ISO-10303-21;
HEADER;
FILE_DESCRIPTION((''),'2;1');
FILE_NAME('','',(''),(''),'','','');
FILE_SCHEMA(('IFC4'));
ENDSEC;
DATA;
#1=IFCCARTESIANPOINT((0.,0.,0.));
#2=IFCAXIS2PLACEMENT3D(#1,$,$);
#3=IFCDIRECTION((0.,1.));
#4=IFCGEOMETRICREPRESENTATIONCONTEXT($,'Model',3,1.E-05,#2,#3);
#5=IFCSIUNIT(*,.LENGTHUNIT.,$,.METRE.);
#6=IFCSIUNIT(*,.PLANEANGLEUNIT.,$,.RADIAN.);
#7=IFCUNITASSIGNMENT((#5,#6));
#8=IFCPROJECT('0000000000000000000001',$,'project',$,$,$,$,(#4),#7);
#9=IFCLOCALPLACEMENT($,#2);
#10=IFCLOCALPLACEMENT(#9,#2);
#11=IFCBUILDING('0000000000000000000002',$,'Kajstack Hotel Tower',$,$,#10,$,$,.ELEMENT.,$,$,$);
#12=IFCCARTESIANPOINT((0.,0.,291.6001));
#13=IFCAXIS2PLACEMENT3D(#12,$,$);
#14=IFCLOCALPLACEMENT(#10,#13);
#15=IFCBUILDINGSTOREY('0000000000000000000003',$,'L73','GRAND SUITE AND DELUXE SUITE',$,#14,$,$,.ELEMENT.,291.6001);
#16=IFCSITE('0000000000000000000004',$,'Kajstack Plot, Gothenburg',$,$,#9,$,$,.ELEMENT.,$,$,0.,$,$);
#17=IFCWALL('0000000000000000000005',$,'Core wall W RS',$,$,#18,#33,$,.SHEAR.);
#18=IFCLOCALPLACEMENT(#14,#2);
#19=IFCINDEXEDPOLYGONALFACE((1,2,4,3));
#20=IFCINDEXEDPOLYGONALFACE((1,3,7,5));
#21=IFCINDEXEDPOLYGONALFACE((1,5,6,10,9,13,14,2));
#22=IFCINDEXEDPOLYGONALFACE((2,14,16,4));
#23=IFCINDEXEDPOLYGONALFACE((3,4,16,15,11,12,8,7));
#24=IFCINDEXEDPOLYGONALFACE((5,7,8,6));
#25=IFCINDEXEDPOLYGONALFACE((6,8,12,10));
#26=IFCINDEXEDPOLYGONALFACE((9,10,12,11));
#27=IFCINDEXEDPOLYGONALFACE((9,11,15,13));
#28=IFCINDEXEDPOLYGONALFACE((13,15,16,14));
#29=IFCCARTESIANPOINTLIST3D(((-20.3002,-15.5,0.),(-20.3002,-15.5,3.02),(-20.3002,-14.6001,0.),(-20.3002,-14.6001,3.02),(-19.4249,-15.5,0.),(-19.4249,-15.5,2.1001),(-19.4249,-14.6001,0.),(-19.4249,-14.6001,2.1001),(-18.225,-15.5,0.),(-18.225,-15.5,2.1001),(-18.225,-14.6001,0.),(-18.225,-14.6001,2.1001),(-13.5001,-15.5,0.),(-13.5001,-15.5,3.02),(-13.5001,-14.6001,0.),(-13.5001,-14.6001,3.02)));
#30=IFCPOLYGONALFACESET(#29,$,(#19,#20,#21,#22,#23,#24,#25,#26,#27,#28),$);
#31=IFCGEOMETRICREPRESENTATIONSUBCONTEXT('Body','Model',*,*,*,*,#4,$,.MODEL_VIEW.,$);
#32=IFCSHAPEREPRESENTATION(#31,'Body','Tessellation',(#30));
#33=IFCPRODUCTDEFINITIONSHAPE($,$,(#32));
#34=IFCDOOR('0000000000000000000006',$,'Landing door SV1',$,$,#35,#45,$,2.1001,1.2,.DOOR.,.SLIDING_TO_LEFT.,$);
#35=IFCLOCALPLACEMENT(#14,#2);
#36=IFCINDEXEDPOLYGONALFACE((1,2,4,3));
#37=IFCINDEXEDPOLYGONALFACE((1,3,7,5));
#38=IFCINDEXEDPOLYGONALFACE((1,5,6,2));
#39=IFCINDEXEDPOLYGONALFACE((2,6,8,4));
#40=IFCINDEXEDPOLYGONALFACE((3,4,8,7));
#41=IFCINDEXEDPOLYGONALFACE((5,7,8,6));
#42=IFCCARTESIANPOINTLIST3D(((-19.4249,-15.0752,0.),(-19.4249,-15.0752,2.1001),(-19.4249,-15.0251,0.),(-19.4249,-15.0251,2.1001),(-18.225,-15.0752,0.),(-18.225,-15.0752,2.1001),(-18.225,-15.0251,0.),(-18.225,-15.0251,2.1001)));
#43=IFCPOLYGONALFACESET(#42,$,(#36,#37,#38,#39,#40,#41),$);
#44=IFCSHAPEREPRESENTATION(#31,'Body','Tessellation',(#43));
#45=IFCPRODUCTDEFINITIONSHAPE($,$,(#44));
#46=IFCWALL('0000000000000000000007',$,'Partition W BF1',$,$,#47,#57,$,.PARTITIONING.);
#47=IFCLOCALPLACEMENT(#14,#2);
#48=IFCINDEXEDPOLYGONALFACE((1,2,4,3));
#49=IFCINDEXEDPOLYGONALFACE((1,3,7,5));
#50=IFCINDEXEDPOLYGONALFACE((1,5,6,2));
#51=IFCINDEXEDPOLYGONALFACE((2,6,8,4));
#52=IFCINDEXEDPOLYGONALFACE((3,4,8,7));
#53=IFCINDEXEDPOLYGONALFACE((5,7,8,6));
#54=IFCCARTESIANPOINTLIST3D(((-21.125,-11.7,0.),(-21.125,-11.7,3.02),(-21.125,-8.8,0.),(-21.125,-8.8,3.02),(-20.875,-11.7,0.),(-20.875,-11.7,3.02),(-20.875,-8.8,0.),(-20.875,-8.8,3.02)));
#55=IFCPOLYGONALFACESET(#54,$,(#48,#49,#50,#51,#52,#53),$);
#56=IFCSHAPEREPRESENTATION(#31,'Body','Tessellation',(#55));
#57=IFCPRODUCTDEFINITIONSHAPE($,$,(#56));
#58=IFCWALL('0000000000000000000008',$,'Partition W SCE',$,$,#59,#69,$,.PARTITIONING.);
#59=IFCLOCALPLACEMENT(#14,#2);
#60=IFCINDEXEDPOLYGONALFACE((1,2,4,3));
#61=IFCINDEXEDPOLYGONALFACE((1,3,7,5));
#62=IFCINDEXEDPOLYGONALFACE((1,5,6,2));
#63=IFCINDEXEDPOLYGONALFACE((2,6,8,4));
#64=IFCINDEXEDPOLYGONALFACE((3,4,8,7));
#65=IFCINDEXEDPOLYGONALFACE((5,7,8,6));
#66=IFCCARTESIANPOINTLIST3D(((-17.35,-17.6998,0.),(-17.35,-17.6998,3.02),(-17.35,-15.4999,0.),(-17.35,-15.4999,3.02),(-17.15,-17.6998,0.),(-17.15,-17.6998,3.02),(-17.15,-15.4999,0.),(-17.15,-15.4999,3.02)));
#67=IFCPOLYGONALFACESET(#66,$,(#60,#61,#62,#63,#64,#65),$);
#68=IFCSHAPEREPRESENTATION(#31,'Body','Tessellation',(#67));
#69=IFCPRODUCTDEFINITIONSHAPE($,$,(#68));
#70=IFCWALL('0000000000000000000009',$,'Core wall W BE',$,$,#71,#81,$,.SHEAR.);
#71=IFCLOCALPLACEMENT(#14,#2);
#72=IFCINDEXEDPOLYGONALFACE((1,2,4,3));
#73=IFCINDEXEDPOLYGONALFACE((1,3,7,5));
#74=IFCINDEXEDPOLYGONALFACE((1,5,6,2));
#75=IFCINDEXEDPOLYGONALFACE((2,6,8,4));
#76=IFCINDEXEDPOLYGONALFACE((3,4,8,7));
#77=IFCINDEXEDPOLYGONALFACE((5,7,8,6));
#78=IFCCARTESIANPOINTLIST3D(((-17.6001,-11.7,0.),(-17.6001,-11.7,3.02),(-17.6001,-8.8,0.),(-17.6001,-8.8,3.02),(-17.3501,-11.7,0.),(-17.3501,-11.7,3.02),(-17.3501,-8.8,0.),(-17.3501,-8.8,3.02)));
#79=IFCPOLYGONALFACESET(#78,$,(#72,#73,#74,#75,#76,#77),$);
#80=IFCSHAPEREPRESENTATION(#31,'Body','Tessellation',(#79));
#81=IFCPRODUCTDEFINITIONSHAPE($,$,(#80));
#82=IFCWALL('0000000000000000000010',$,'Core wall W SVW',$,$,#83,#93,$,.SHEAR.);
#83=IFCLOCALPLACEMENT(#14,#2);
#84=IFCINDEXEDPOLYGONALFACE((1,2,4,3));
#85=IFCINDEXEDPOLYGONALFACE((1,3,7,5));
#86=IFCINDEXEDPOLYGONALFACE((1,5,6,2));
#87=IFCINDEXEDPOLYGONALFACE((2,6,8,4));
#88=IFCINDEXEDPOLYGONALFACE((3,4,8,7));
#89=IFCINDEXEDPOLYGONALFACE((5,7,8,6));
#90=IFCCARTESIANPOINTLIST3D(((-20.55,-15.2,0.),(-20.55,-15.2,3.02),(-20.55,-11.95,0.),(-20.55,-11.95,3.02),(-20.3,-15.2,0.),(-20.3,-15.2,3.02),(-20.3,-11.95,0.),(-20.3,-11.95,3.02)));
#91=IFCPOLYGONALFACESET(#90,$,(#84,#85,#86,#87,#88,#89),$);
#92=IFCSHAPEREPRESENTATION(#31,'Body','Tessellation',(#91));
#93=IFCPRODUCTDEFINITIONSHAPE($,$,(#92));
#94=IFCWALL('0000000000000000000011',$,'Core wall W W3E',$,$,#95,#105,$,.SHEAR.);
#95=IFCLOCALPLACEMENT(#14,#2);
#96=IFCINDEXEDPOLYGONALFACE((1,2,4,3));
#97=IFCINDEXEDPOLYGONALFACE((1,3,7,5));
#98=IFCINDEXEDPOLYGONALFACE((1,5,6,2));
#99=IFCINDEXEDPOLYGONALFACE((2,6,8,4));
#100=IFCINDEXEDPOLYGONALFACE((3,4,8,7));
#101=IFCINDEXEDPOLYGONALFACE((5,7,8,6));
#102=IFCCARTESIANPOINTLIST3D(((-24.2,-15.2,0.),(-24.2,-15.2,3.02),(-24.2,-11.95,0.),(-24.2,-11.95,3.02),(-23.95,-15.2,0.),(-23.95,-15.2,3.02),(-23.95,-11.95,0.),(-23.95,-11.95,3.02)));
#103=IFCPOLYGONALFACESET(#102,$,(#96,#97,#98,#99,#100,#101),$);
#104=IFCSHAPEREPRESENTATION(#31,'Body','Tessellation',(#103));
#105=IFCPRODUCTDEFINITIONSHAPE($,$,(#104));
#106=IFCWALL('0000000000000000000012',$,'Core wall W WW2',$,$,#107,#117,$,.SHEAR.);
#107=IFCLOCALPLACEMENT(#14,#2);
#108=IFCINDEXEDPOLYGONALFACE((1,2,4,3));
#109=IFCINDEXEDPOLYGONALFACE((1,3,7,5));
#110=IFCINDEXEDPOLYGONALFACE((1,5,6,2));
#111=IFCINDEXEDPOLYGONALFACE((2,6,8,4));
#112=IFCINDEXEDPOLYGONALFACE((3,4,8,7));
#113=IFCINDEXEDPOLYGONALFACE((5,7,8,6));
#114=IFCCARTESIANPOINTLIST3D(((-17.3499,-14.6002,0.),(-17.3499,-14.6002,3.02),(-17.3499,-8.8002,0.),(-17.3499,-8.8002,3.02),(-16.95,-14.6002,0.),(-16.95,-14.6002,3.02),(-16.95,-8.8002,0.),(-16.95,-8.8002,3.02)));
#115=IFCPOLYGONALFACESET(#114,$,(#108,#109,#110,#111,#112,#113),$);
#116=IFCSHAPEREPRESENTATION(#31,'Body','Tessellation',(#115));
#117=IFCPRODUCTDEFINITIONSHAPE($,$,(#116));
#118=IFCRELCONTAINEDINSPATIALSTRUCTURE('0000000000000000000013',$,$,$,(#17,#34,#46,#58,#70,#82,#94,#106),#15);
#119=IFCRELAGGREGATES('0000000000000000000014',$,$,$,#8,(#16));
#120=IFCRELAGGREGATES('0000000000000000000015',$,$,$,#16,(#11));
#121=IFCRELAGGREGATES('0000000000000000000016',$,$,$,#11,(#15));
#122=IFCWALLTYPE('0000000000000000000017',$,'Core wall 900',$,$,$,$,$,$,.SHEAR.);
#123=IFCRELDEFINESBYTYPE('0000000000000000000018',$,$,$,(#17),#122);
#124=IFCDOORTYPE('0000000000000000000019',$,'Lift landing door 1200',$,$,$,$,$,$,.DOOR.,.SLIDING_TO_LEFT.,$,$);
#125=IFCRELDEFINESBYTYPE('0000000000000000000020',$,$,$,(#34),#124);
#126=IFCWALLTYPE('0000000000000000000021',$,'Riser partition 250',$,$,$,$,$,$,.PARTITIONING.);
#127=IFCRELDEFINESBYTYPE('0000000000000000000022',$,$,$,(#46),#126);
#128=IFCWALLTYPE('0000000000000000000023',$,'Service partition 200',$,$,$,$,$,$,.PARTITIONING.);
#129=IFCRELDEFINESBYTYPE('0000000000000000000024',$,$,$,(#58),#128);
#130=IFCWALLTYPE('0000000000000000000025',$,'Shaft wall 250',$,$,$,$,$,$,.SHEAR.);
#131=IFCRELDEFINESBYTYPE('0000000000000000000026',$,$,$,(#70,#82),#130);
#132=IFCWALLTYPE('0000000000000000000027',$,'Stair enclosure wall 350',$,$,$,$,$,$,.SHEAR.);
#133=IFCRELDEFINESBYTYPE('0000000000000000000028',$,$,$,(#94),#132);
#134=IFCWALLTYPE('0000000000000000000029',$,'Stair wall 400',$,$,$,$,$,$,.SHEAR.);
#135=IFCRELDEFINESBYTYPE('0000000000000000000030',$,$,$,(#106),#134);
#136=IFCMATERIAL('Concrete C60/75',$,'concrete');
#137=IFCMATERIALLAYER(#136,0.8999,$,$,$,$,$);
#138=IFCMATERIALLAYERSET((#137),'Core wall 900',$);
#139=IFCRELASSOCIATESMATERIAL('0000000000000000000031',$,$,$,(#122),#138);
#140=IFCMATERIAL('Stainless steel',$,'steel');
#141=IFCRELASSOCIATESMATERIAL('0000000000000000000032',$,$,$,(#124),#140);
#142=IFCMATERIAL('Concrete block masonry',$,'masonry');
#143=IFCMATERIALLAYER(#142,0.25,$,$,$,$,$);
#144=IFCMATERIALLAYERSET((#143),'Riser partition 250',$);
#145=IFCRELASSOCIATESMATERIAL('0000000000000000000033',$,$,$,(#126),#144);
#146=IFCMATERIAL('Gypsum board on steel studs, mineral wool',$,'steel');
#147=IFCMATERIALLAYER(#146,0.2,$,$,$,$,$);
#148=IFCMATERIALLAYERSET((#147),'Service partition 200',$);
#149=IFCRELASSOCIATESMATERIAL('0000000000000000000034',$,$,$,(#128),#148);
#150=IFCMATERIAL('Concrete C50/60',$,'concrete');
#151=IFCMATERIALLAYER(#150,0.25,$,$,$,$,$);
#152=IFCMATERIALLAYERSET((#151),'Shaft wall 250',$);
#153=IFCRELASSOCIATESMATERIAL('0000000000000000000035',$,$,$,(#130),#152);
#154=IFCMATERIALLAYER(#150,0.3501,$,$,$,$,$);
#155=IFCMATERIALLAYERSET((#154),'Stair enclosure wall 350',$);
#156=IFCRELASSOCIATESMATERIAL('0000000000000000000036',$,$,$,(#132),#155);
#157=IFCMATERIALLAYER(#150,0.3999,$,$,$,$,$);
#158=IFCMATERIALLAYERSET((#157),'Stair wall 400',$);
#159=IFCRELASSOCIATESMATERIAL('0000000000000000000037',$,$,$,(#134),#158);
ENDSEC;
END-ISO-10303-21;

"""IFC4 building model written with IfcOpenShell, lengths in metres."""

from ifc_helpers import new_model, si_unit, direction, frame, frame_2d, origin, place, context, subcontext, project, spatial, rectangle, extrude, material, layer, layer_set, type_object, element, fill, save


model = new_model("IFC4")

# Units and contexts
model_context = context("Model", 3, precision=1e-05, world=origin(), true_north=direction((0.0, 1.0)))
body_context = subcontext(model_context, "Body", "Model", "MODEL_VIEW")
ifc_project = project(units=[si_unit("LENGTHUNIT", "METRE"), si_unit("PLANEANGLEUNIT", "RADIAN")], contexts=[model_context])

# Site, building, storey
site_placement = place(None, origin())
site = spatial("IfcSite", under=ifc_project, at=site_placement, Name="Kajstack Plot, Gothenburg", CompositionType="ELEMENT", RefElevation=0.0)
building_placement = place(site_placement, origin())
building = spatial("IfcBuilding", under=site, at=building_placement, Name="Kajstack Hotel Tower", CompositionType="ELEMENT")
storey_placement = place(building_placement, frame((0.0, 0.0, 291.6001)))
storey = spatial("IfcBuildingStorey", under=building, at=storey_placement, Name="L73", Description="GRAND SUITE AND DELUXE SUITE", CompositionType="ELEMENT", Elevation=291.6001)

# Wall, opening, door
ifc_material_1 = material(Name="Concrete C60/75", Category="concrete")
ifc_layer_1 = layer(ifc_material_1, 0.8999)
ifc_layer_set_1 = layer_set([ifc_layer_1], Name="Core wall 900")
wall_type_1 = type_object("IfcWallType", Name="Core wall 900", PredefinedType="SHEAR", material=ifc_layer_set_1)
wall_1_placement = place(storey_placement, frame((-20.3, -15.05, 0.0), z_axis=(0.0, 0.0, 1.0), x_axis=(1.0, 0.0, 0.0)))
wall_1 = element("IfcWall", 1, at=wall_1_placement, inside=storey, type_object=wall_type_1, Name="Core wall W RS", PredefinedType="SHEAR", context=body_context, shape_type="SweptSolid", body=[
    extrude(rectangle(XDim=6.8, YDim=0.8999, at=frame_2d((3.3999, 0.0))), origin(), (0.0, 0.0, 1.0), 3.02),
])
opening_placement = place(wall_1_placement, frame((0.875, 0.0, 0.0)))
opening = element("IfcOpeningElement", 2, at=opening_placement, cuts=wall_1, PredefinedType="OPENING", context=body_context, shape_type="SweptSolid", body=[
    extrude(rectangle(XDim=1.2, YDim=2.1001, at=frame_2d((0.6001, 1.05))), frame((0.0, 0.46, 0.0), z_axis=(0.0, -1.0, 0.0), x_axis=(1.0, 0.0, 0.0)), (0.0, 0.0, 1.0), 0.9199),
])
ifc_material_2 = material(Name="Stainless steel", Category="steel")
door_type = type_object("IfcDoorType", Name="Lift landing door 1200", OperationType="SLIDING_TO_LEFT", PredefinedType="DOOR", material=ifc_material_2)
door_placement = place(opening_placement, origin())
door = element("IfcDoor", 3, at=door_placement, inside=storey, type_object=door_type, Name="Landing door SV1", OperationType="SLIDING_TO_LEFT", OverallHeight=2.1001, OverallWidth=1.2, PredefinedType="DOOR", context=body_context, shape_type="SweptSolid", body=[
    extrude(rectangle(XDim=1.2, YDim=2.1001, at=frame_2d((0.6001, 1.05))), frame((0.0, 0.0249, 0.0), z_axis=(0.0, -1.0, 0.0), x_axis=(1.0, 0.0, 0.0)), (0.0, 0.0, 1.0), 0.05),
])
fill(opening, door)

# Walls
ifc_material_3 = material(Name="Concrete block masonry", Category="masonry")
ifc_layer_2 = layer(ifc_material_3, 0.25)
ifc_layer_set_2 = layer_set([ifc_layer_2], Name="Riser partition 250")
wall_type_2 = type_object("IfcWallType", Name="Riser partition 250", PredefinedType="PARTITIONING", material=ifc_layer_set_2)
wall_2_placement = place(storey_placement, frame((-21.0, -11.7, 0.0), z_axis=(0.0, 0.0, 1.0), x_axis=(0.0, 1.0, 0.0)))
element("IfcWall", 4, at=wall_2_placement, inside=storey, type_object=wall_type_2, Name="Partition W BF1", PredefinedType="PARTITIONING", context=body_context, shape_type="SweptSolid", body=[
    extrude(rectangle(XDim=2.8999, YDim=0.25, at=frame_2d((1.45, 0.0))), origin(), (0.0, 0.0, 1.0), 3.02),
])
ifc_material_4 = material(Name="Gypsum board on steel studs, mineral wool", Category="steel")
ifc_layer_3 = layer(ifc_material_4, 0.2)
ifc_layer_set_3 = layer_set([ifc_layer_3], Name="Service partition 200")
wall_type_3 = type_object("IfcWallType", Name="Service partition 200", PredefinedType="PARTITIONING", material=ifc_layer_set_3)
wall_3_placement = place(storey_placement, frame((-17.25, -17.7, 0.0), z_axis=(0.0, 0.0, 1.0), x_axis=(0.0, 1.0, 0.0)))
element("IfcWall", 5, at=wall_3_placement, inside=storey, type_object=wall_type_3, Name="Partition W SCE", PredefinedType="PARTITIONING", context=body_context, shape_type="SweptSolid", body=[
    extrude(rectangle(XDim=2.2, YDim=0.2, at=frame_2d((1.1001, 0.0))), origin(), (0.0, 0.0, 1.0), 3.02),
])
ifc_material_5 = material(Name="Concrete C50/60", Category="concrete")
ifc_layer_4 = layer(ifc_material_5, 0.25)
ifc_layer_set_4 = layer_set([ifc_layer_4], Name="Shaft wall 250")
wall_type_4 = type_object("IfcWallType", Name="Shaft wall 250", PredefinedType="SHEAR", material=ifc_layer_set_4)
wall_4_placement = place(storey_placement, frame((-17.4751, -11.7, 0.0), z_axis=(0.0, 0.0, 1.0), x_axis=(0.0, 1.0, 0.0)))
element("IfcWall", 6, at=wall_4_placement, inside=storey, type_object=wall_type_4, Name="Core wall W BE", PredefinedType="SHEAR", context=body_context, shape_type="SweptSolid", body=[
    extrude(rectangle(XDim=2.8999, YDim=0.25, at=frame_2d((1.45, 0.0))), origin(), (0.0, 0.0, 1.0), 3.02),
])
wall_5_placement = place(storey_placement, frame((-20.425, -15.2, 0.0), z_axis=(0.0, 0.0, 1.0), x_axis=(0.0, 1.0, 0.0)))
element("IfcWall", 7, at=wall_5_placement, inside=storey, type_object=wall_type_4, Name="Core wall W SVW", PredefinedType="SHEAR", context=body_context, shape_type="SweptSolid", body=[
    extrude(rectangle(XDim=3.25, YDim=0.25, at=frame_2d((1.625, 0.0))), origin(), (0.0, 0.0, 1.0), 3.02),
])
ifc_layer_5 = layer(ifc_material_5, 0.3501)
ifc_layer_set_5 = layer_set([ifc_layer_5], Name="Stair enclosure wall 350")
wall_type_5 = type_object("IfcWallType", Name="Stair enclosure wall 350", PredefinedType="SHEAR", material=ifc_layer_set_5)
wall_6_placement = place(storey_placement, frame((-24.075, -15.2, 0.0), z_axis=(0.0, 0.0, 1.0), x_axis=(0.0, 1.0, 0.0)))
element("IfcWall", 8, at=wall_6_placement, inside=storey, type_object=wall_type_5, Name="Core wall W W3E", PredefinedType="SHEAR", context=body_context, shape_type="SweptSolid", body=[
    extrude(rectangle(XDim=3.25, YDim=0.25, at=frame_2d((1.625, 0.0))), origin(), (0.0, 0.0, 1.0), 3.02),
])
ifc_layer_6 = layer(ifc_material_5, 0.3999)
ifc_layer_set_6 = layer_set([ifc_layer_6], Name="Stair wall 400")
wall_type_6 = type_object("IfcWallType", Name="Stair wall 400", PredefinedType="SHEAR", material=ifc_layer_set_6)
wall_7_placement = place(storey_placement, frame((-17.1499, -14.6001, 0.0), z_axis=(0.0, 0.0, 1.0), x_axis=(0.0, 1.0, 0.0)))
element("IfcWall", 9, at=wall_7_placement, inside=storey, type_object=wall_type_6, Name="Core wall W WW2", PredefinedType="SHEAR", context=body_context, shape_type="SweptSolid", body=[
    extrude(rectangle(XDim=5.8, YDim=0.3999, at=frame_2d((2.8999, 0.0))), origin(), (0.0, 0.0, 1.0), 3.02),
])

save(model, "model.ifc")
